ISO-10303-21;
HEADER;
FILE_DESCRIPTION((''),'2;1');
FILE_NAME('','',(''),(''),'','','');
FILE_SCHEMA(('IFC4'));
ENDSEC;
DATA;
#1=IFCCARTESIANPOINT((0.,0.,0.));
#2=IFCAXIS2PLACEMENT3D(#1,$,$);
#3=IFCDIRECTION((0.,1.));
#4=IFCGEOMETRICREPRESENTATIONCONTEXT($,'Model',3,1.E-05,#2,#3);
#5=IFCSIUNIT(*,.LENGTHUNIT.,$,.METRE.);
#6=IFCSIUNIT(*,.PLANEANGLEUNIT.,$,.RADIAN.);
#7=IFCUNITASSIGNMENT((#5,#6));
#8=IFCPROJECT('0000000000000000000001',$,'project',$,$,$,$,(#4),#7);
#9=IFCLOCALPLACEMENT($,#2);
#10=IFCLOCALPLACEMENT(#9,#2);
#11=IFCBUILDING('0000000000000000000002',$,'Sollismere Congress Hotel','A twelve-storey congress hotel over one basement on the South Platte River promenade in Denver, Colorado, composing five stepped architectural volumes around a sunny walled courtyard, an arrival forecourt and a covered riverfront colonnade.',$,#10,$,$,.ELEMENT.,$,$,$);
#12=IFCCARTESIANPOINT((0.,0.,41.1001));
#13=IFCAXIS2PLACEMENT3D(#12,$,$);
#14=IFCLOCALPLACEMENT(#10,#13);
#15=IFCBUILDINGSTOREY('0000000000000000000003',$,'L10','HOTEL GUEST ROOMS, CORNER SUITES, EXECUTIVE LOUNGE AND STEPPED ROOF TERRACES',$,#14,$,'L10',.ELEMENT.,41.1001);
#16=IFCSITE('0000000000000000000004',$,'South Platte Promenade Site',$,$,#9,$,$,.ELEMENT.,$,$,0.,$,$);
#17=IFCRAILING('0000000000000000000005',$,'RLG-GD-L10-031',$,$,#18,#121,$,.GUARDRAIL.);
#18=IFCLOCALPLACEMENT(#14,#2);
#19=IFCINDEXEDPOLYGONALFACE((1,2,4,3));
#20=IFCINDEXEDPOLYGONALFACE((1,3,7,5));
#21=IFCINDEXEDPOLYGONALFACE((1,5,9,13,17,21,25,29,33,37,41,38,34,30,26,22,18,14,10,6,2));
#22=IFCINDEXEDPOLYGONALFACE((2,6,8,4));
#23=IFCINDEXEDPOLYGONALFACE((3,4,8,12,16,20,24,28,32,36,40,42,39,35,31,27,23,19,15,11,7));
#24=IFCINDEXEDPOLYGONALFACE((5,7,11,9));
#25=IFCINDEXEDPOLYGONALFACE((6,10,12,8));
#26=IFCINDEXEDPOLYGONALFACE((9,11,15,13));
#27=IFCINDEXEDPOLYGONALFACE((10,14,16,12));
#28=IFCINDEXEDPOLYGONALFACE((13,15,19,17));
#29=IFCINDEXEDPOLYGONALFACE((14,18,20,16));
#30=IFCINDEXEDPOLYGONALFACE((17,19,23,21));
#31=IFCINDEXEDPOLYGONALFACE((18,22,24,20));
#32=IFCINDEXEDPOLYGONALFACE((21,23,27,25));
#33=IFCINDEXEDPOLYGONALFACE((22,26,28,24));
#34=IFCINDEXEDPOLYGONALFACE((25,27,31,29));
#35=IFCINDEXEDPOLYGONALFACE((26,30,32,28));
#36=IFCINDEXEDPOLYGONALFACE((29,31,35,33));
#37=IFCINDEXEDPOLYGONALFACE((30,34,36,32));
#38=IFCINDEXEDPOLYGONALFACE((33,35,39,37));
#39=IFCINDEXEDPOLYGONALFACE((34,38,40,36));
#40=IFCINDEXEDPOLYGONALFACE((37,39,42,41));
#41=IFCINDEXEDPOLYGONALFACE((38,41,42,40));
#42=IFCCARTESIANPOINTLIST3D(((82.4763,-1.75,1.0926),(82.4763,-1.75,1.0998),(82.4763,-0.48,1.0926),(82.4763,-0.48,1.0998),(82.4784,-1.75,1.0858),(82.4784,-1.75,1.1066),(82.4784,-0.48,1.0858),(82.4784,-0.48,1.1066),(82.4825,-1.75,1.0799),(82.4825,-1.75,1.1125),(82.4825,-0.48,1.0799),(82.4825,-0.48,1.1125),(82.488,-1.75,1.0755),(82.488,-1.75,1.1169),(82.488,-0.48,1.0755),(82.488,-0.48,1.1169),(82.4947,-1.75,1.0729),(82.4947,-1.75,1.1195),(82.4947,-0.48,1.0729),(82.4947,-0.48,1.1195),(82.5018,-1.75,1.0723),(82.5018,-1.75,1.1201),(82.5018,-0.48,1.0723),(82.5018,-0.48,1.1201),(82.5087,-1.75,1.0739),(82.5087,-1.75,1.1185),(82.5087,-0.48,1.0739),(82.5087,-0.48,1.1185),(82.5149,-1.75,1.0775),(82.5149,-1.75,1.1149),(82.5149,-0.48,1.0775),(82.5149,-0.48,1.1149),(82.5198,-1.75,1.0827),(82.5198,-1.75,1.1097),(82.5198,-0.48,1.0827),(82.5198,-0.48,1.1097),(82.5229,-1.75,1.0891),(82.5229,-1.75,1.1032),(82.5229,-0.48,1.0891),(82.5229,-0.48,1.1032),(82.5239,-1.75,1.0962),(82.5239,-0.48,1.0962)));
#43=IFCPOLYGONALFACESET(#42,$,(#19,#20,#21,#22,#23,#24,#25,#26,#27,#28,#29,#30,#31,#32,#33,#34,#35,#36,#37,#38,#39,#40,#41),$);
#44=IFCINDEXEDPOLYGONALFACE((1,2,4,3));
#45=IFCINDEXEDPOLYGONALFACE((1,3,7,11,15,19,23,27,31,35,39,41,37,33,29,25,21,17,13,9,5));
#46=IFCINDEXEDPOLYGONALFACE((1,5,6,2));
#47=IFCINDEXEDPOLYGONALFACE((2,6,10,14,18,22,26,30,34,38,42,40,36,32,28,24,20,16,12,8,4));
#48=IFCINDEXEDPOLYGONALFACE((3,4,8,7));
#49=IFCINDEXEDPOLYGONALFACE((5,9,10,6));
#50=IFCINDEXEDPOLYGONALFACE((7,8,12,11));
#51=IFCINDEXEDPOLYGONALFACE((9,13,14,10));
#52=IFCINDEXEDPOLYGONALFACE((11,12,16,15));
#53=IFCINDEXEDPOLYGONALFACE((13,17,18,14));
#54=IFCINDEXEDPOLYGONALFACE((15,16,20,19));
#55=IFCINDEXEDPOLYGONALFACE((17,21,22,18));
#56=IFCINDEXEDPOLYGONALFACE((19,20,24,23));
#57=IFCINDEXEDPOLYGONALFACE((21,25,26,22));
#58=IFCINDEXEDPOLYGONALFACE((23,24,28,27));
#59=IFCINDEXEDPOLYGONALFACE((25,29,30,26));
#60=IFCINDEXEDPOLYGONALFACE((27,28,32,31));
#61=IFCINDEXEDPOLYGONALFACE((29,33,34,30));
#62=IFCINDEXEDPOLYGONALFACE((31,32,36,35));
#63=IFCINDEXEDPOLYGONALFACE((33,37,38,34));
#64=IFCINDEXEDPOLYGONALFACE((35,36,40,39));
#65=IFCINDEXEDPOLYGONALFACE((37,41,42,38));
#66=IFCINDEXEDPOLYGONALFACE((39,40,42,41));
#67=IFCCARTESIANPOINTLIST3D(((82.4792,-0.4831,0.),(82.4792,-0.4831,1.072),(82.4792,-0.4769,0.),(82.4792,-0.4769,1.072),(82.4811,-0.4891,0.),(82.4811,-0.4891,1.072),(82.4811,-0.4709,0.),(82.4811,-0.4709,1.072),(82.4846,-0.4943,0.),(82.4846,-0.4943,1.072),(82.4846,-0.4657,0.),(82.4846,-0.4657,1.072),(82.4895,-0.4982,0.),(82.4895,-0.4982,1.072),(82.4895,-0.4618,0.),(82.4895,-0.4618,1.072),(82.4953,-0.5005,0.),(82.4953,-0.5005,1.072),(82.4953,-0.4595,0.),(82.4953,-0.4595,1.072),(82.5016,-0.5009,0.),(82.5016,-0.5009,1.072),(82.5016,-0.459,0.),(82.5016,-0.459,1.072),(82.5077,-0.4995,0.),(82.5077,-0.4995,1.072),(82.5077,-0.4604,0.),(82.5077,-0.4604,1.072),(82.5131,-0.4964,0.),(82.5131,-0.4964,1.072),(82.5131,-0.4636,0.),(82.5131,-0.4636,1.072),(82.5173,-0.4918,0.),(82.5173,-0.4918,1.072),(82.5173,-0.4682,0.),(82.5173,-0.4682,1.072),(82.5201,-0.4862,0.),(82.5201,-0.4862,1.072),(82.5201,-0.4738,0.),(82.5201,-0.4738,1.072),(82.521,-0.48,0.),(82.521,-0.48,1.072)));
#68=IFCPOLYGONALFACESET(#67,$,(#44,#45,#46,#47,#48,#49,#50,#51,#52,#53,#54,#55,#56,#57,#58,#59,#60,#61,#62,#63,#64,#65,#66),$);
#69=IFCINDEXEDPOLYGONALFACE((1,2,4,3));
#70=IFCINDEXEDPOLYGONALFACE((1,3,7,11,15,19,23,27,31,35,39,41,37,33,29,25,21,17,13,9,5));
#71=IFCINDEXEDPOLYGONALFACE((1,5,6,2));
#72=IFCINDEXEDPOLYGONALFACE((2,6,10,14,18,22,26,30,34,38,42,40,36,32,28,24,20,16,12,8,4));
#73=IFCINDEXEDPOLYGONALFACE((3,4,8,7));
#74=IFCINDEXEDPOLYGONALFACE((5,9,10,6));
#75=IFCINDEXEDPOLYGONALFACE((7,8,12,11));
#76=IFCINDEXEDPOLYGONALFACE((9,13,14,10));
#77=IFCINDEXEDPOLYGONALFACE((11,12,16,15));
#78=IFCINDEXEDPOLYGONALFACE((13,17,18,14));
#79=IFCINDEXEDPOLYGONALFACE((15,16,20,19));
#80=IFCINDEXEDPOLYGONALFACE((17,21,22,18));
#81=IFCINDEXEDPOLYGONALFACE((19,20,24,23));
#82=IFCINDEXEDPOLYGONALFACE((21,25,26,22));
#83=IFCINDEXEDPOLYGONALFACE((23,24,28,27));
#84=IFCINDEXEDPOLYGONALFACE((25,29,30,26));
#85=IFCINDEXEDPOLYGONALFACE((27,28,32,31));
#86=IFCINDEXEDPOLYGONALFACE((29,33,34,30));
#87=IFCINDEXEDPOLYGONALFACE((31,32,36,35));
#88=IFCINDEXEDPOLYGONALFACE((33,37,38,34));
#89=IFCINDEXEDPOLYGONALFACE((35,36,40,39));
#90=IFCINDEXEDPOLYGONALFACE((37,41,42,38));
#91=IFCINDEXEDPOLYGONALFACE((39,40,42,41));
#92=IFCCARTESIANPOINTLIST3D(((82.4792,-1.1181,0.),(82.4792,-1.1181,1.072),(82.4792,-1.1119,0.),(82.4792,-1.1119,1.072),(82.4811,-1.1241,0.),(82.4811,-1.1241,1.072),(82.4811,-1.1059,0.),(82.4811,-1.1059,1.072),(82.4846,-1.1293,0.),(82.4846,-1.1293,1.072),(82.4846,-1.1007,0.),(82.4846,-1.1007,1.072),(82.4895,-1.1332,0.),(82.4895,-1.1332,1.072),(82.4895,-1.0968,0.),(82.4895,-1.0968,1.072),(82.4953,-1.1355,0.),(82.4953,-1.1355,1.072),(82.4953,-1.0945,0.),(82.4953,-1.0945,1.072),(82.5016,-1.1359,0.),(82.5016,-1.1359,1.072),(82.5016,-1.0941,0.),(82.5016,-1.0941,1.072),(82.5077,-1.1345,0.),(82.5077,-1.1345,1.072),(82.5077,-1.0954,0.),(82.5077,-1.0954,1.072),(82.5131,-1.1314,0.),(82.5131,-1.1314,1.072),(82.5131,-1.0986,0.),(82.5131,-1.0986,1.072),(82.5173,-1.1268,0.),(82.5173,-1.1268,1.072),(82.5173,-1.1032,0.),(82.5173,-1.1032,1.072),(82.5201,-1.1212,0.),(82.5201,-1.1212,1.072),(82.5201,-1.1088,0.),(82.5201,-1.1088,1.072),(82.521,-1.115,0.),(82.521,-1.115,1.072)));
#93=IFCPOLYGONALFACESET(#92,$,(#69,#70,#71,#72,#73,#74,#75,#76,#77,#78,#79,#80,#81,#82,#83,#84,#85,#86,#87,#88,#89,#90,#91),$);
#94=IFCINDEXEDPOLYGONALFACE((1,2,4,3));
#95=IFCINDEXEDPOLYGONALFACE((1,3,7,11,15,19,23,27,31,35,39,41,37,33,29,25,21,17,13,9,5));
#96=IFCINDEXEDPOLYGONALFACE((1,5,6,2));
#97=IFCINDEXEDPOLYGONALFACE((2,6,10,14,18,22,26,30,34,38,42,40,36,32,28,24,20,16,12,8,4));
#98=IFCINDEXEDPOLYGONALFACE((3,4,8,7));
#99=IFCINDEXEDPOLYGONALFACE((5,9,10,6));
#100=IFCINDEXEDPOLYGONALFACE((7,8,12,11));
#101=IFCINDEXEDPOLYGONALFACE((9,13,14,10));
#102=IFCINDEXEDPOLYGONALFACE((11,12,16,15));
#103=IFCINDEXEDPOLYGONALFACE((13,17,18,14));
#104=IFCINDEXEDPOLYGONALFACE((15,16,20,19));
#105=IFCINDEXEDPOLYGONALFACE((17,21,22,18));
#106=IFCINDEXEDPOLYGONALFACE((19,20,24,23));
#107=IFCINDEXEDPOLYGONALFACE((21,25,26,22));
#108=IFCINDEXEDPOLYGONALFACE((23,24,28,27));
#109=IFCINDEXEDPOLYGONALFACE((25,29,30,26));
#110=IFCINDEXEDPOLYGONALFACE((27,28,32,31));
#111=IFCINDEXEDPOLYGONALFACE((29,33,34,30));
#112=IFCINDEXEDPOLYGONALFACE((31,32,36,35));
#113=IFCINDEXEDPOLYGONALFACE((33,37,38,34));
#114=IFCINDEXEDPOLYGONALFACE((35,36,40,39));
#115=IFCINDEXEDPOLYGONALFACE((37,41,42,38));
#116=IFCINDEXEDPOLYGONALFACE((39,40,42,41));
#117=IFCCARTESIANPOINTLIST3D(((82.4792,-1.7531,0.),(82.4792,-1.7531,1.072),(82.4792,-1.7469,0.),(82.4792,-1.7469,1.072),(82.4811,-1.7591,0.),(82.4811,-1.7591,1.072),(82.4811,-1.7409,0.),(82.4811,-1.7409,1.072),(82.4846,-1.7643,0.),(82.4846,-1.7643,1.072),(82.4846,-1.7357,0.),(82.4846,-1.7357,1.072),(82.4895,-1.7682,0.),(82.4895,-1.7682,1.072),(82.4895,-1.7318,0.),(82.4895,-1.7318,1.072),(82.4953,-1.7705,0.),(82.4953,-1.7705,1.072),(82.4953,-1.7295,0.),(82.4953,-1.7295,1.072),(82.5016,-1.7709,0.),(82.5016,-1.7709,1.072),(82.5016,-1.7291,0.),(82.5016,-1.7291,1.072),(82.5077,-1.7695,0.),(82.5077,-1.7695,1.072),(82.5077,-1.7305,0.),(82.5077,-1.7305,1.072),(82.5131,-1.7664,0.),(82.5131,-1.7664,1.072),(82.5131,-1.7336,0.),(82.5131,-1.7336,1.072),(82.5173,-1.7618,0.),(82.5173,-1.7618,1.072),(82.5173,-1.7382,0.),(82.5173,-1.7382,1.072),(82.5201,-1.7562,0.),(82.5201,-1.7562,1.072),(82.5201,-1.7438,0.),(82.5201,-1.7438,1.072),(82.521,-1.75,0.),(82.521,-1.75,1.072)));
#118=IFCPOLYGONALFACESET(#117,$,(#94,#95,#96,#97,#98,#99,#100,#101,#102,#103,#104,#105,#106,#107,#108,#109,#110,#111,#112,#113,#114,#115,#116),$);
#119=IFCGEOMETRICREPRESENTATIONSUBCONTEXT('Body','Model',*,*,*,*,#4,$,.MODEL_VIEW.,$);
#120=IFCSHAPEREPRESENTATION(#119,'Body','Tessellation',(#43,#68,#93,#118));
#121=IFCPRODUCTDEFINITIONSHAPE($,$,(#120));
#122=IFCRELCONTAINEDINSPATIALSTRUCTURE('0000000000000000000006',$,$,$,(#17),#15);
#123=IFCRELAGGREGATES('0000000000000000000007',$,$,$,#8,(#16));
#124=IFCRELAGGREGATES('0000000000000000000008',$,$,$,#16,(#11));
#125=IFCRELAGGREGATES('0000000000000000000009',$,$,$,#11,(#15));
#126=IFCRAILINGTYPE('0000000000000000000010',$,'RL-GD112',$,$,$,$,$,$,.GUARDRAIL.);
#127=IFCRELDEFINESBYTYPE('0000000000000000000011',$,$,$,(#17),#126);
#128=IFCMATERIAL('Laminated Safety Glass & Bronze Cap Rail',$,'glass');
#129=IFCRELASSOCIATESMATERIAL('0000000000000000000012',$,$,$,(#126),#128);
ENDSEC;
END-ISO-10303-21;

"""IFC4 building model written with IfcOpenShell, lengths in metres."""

from ifc_helpers import new_model, si_unit, direction, frame, origin, origin_2d, place, context, subcontext, project, spatial, circle, extrude, material, type_object, element, save


model = new_model("IFC4")

# Units and contexts
model_context = context("Model", 3, precision=1e-05, world=origin(), true_north=direction((0.0, 1.0)))
body_context = subcontext(model_context, "Body", "Model", "MODEL_VIEW")
ifc_project = project(units=[si_unit("LENGTHUNIT", "METRE"), si_unit("PLANEANGLEUNIT", "RADIAN")], contexts=[model_context])

# Site, building, storey
site_placement = place(None, origin())
site = spatial("IfcSite", under=ifc_project, at=site_placement, Name="South Platte Promenade Site", CompositionType="ELEMENT", RefElevation=0.0)
building_placement = place(site_placement, origin())
building = spatial("IfcBuilding", under=site, at=building_placement, Name="Sollismere Congress Hotel", Description="A twelve-storey congress hotel over one basement on the South Platte River promenade in Denver, Colorado, composing five stepped architectural volumes around a sunny walled courtyard, an arrival forecourt and a covered riverfront colonnade.", CompositionType="ELEMENT")
storey_placement = place(building_placement, frame((0.0, 0.0, 41.1001)))
storey = spatial("IfcBuildingStorey", under=building, at=storey_placement, Name="L10", Description="HOTEL GUEST ROOMS, CORNER SUITES, EXECUTIVE LOUNGE AND STEPPED ROOF TERRACES", LongName="L10", CompositionType="ELEMENT", Elevation=41.1001)

# Railing
ifc_material_1 = material(Name="Laminated Safety Glass & Bronze Cap Rail", Category="glass")
railing_type = type_object("IfcRailingType", Name="RL-GD112", PredefinedType="GUARDRAIL", material=ifc_material_1)
railing_1_placement = place(storey_placement, frame((82.5, -0.48, 0.0)))
element("IfcRailing", 1, at=railing_1_placement, inside=storey, type_object=railing_type, Name="RLG-GD-L10-031", PredefinedType="GUARDRAIL", context=body_context, shape_type="SweptSolid", body=[
    extrude(circle(Radius=0.0239, at=origin_2d()), frame((0.0, 0.0, 1.0962), z_axis=(0.0, -1.0, 0.0), x_axis=(1.0, 0.0, 0.0)), (0.0, 0.0, 1.0), 1.27),
    extrude(circle(Radius=0.021, at=origin_2d()), origin(), (0.0, 0.0, 1.0), 1.072),
    extrude(circle(Radius=0.021, at=origin_2d()), frame((0.0, -0.635, 0.0)), (0.0, 0.0, 1.0), 1.072),
    extrude(circle(Radius=0.021, at=origin_2d()), frame((0.0, -1.27, 0.0)), (0.0, 0.0, 1.0), 1.072),
])

save(model, "model.ifc")
